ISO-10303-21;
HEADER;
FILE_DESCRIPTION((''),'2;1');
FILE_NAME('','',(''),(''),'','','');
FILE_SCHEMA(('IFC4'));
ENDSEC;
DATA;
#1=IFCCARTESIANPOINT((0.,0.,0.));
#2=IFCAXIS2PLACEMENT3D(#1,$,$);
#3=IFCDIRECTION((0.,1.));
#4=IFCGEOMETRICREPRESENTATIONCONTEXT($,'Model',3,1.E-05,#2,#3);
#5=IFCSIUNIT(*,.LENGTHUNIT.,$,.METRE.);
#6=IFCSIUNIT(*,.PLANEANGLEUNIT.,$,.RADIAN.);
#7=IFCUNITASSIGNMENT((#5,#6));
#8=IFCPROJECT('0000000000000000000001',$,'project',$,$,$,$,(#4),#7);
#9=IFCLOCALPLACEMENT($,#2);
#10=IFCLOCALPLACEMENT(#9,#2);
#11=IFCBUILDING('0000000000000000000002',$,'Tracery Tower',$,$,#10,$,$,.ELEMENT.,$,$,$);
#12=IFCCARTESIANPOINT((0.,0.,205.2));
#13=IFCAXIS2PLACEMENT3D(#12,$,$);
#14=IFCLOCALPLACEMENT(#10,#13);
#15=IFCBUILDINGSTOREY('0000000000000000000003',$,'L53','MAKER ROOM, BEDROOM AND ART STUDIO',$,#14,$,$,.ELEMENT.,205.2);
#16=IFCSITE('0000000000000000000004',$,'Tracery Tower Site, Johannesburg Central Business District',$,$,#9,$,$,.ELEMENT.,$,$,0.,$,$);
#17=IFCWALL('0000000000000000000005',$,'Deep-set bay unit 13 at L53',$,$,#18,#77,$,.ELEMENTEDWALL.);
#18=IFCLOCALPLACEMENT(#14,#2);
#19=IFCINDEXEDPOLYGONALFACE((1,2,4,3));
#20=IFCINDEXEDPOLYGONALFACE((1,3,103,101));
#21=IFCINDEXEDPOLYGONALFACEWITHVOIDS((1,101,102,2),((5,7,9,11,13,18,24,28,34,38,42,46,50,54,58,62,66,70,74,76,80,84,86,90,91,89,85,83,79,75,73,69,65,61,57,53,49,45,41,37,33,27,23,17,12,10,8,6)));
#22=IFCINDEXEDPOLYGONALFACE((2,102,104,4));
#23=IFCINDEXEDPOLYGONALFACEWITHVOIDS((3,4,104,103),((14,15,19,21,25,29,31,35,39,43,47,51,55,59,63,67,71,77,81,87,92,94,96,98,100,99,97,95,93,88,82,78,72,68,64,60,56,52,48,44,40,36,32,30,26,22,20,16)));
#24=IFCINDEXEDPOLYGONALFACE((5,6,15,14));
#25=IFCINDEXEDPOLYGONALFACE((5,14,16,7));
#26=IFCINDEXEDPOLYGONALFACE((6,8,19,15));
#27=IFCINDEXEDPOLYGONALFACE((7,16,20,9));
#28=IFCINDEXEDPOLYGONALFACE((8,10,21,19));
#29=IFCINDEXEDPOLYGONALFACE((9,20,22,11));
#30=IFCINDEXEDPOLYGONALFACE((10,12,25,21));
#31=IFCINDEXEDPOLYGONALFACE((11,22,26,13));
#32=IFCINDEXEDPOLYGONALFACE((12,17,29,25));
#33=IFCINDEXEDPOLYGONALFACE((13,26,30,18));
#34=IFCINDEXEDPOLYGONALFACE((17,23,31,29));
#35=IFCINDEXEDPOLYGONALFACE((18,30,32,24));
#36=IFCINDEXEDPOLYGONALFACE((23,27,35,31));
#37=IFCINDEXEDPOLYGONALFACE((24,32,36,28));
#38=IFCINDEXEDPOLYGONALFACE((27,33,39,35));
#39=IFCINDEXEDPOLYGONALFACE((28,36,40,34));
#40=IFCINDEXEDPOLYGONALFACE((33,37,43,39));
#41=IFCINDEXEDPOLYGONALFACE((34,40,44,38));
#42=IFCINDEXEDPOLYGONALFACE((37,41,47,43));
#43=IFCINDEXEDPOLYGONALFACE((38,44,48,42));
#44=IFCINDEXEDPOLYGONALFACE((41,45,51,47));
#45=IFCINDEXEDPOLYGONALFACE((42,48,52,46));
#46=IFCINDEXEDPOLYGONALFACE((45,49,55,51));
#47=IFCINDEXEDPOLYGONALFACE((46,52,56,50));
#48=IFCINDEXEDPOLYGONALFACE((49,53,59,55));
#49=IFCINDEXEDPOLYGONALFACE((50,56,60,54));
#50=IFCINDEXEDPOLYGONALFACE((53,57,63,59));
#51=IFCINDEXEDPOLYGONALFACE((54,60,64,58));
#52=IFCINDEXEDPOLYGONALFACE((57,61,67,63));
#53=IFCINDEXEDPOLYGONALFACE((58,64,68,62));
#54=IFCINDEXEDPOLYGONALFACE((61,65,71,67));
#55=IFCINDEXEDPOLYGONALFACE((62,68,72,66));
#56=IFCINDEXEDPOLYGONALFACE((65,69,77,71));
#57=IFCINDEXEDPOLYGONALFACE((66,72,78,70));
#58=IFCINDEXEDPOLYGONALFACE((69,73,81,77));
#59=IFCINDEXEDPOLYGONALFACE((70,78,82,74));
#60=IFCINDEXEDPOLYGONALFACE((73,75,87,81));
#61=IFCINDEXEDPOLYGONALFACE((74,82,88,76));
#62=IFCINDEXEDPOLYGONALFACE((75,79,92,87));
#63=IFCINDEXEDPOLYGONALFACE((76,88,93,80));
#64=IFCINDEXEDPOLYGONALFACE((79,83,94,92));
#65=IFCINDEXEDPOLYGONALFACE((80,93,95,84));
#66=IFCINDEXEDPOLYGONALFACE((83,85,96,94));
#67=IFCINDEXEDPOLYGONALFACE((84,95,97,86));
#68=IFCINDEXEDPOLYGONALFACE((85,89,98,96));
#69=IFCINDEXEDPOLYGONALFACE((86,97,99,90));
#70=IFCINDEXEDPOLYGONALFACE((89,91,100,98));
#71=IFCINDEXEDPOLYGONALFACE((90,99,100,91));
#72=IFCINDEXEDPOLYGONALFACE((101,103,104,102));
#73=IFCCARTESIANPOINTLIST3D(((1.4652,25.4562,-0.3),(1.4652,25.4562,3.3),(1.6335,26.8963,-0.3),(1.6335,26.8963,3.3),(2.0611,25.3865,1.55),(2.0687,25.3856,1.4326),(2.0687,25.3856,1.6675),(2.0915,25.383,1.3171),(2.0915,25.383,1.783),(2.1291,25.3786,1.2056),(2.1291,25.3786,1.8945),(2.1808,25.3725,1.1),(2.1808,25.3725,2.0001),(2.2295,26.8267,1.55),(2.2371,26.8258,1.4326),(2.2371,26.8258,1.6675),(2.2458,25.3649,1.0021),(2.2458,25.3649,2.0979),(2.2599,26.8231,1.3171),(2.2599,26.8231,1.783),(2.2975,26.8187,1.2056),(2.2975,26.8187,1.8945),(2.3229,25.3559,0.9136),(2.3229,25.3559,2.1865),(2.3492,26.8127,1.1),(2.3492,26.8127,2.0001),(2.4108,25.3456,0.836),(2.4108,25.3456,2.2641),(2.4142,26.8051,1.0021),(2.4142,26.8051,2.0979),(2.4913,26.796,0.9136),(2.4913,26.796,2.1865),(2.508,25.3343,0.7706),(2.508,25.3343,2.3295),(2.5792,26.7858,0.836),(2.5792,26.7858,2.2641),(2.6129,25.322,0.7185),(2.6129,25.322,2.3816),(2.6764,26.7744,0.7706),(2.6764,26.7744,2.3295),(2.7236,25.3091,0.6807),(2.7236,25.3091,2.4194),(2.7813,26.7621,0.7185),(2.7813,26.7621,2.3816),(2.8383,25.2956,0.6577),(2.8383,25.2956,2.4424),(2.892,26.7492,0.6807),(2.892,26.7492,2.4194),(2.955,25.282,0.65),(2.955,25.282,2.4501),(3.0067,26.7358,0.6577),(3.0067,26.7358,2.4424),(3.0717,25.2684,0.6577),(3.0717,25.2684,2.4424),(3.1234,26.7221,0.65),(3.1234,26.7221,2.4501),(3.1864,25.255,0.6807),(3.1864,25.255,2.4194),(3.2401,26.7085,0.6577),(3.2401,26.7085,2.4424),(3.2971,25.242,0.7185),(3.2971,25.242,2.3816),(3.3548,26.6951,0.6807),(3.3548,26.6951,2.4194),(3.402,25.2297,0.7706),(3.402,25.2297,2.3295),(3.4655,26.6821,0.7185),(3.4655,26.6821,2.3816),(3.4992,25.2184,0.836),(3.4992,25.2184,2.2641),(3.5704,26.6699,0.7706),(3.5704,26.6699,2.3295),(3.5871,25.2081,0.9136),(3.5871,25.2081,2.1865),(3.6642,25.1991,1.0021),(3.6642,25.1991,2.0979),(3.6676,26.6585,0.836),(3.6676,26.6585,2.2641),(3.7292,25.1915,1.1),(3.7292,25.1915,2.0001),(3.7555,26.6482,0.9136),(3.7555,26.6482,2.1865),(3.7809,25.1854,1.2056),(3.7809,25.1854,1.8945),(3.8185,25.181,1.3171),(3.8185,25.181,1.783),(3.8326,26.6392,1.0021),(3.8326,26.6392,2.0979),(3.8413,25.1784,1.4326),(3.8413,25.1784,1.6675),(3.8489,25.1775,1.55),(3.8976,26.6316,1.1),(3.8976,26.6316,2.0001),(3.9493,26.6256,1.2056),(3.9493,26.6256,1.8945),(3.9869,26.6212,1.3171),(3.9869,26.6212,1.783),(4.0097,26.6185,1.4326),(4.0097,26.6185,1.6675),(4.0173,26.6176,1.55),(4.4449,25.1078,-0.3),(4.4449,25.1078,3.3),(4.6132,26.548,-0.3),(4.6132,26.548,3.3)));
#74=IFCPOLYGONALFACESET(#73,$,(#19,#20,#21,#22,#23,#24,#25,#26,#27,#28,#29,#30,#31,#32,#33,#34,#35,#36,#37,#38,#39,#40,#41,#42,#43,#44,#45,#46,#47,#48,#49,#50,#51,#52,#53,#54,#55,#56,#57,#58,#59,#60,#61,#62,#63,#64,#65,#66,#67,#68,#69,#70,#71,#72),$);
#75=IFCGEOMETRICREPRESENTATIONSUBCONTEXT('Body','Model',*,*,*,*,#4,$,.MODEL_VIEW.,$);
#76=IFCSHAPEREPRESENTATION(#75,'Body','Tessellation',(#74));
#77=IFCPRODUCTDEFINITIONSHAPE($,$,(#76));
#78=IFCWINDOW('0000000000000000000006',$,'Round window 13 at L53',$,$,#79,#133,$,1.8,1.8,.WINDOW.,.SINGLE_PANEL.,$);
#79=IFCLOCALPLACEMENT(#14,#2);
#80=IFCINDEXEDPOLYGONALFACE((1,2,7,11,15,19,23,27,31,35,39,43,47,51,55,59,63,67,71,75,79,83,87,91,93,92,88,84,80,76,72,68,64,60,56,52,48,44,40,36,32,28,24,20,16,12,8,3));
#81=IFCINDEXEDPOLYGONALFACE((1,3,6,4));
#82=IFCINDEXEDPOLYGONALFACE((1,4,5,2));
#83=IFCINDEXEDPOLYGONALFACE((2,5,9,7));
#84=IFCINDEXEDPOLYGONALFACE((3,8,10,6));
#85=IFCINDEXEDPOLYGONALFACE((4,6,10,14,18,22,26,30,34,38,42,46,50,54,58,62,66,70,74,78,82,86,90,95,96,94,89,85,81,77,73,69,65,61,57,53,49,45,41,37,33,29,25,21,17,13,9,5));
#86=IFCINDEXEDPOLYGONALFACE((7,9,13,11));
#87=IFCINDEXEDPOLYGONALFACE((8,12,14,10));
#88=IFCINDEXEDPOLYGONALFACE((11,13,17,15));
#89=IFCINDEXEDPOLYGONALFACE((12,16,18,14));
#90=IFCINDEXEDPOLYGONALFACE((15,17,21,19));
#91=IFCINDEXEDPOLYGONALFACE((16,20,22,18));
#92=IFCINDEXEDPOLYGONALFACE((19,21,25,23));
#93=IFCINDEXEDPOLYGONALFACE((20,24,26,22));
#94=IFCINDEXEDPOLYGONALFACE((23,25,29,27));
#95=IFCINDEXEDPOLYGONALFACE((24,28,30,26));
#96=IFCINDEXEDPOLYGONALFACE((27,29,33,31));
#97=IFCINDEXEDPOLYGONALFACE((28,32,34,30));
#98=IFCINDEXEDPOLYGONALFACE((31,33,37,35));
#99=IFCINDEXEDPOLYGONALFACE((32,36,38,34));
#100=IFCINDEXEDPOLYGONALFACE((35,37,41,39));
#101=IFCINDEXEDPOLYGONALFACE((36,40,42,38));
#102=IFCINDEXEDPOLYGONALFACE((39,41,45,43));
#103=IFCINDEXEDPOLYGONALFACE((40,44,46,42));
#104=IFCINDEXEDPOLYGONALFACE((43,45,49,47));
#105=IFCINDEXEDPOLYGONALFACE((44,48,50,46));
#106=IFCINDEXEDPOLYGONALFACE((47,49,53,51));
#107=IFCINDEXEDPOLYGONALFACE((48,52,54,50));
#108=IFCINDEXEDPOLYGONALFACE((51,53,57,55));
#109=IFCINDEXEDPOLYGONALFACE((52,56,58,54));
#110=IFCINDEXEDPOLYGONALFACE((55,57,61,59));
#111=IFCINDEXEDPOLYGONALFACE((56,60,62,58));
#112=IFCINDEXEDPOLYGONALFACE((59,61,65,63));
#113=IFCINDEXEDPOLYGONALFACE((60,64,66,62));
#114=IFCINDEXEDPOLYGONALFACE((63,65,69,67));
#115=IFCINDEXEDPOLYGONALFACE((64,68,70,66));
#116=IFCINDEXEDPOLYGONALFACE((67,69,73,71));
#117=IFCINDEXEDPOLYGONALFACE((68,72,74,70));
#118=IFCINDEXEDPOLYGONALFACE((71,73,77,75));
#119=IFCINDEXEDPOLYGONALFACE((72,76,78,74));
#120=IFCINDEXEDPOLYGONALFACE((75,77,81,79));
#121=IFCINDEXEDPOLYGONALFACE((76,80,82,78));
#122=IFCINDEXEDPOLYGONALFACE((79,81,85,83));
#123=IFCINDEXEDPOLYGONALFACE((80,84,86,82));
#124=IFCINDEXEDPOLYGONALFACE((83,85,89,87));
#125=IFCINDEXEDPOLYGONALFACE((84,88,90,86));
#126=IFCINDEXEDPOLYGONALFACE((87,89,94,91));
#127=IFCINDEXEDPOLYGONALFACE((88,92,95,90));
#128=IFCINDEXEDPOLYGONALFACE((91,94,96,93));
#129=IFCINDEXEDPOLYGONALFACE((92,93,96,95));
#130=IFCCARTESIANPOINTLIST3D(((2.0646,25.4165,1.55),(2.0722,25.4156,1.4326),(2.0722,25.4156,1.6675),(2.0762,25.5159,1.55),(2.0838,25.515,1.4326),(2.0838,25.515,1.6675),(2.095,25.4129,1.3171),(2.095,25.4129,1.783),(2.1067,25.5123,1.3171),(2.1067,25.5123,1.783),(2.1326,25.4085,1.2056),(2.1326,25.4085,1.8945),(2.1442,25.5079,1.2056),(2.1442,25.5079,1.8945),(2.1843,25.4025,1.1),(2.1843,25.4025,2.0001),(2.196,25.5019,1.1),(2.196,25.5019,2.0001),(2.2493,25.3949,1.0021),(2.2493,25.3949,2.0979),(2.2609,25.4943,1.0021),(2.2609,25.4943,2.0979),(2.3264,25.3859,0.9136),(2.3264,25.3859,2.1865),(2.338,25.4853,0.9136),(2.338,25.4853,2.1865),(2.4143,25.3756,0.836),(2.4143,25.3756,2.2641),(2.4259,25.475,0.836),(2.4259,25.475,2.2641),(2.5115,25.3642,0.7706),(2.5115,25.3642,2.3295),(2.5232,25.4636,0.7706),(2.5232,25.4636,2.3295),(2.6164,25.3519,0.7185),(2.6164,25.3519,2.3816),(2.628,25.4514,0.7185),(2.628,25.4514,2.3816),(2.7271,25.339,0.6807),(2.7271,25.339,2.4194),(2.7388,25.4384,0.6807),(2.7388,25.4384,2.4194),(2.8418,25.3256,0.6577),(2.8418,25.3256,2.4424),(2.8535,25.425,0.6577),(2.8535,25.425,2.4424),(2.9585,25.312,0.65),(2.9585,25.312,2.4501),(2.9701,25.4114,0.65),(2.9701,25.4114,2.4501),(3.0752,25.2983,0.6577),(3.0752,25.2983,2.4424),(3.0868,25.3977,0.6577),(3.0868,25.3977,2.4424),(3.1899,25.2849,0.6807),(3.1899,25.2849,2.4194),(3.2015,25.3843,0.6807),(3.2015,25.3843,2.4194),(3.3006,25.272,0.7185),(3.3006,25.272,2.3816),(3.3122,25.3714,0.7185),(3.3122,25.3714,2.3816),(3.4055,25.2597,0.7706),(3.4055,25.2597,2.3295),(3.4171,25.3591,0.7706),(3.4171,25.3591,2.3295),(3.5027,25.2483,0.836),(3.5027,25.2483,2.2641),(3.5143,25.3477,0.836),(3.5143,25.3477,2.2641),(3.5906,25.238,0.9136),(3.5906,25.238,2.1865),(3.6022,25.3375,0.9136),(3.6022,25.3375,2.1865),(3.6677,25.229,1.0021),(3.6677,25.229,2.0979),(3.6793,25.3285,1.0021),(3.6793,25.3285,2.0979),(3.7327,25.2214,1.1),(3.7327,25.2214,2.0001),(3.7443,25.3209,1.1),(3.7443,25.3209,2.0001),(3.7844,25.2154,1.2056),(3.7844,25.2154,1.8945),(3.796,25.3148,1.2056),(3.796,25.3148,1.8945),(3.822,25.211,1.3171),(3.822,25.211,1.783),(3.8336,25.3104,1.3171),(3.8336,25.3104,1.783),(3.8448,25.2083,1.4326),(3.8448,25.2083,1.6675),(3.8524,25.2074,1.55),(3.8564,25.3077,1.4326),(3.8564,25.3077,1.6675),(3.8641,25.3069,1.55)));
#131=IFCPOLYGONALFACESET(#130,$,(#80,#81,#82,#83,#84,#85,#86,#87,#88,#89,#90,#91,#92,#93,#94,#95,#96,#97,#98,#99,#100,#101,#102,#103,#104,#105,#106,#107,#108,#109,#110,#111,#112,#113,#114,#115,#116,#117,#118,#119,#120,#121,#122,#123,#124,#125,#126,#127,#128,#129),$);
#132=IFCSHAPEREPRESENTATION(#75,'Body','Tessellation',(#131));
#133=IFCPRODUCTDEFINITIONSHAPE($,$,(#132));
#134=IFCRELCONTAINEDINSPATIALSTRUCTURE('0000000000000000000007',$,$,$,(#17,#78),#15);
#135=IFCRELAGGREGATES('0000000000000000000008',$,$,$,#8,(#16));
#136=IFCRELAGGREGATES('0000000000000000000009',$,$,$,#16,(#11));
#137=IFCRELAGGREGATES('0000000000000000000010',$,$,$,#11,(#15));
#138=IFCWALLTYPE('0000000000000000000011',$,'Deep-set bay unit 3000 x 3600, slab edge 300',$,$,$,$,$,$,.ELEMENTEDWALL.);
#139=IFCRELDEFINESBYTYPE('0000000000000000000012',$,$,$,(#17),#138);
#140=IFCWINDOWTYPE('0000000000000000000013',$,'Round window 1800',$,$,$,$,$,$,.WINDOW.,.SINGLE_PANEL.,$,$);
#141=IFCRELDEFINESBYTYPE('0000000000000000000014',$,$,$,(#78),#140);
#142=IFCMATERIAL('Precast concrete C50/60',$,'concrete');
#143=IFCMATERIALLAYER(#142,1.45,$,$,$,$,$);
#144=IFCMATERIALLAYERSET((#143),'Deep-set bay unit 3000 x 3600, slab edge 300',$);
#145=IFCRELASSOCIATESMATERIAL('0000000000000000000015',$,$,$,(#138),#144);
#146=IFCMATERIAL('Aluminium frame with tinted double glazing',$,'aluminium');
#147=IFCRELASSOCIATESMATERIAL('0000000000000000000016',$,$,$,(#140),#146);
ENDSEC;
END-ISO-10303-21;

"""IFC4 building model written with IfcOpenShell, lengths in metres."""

from ifc_helpers import new_model, si_unit, direction, frame, frame_2d, origin, origin_2d, place, context, subcontext, project, spatial, rectangle, circle, extrude, material, layer, layer_set, type_object, element, fill, save


model = new_model("IFC4")

# Units and contexts
model_context = context("Model", 3, precision=1e-05, world=origin(), true_north=direction((0.0, 1.0)))
body_context = subcontext(model_context, "Body", "Model", "MODEL_VIEW")
ifc_project = project(units=[si_unit("LENGTHUNIT", "METRE"), si_unit("PLANEANGLEUNIT", "RADIAN")], contexts=[model_context])

# Site, building, storey
site_placement = place(None, origin())
site = spatial("IfcSite", under=ifc_project, at=site_placement, Name="Tracery Tower Site, Johannesburg Central Business District", CompositionType="ELEMENT", RefElevation=0.0)
building_placement = place(site_placement, origin())
building = spatial("IfcBuilding", under=site, at=building_placement, Name="Tracery Tower", CompositionType="ELEMENT")
storey_placement = place(building_placement, frame((0.0, 0.0, 205.2)))
storey = spatial("IfcBuildingStorey", under=building, at=storey_placement, Name="L53", Description="MAKER ROOM, BEDROOM AND ART STUDIO", CompositionType="ELEMENT", Elevation=205.2)

# Wall, opening, window
ifc_material_1 = material(Name="Precast concrete C50/60", Category="concrete")
ifc_layer_1 = layer(ifc_material_1, 1.45)
ifc_layer_set_1 = layer_set([ifc_layer_1], Name="Deep-set bay unit 3000 x 3600, slab edge 300")
wall_type_1 = type_object("IfcWallType", Name="Deep-set bay unit 3000 x 3600, slab edge 300", PredefinedType="ELEMENTEDWALL", material=ifc_layer_set_1)
wall_1_placement = place(storey_placement, frame((4.5291, 25.8279, -0.3), z_axis=(0.0, 0.0, 1.0), x_axis=(-0.993234, 0.116128, 0.0)))
wall_1 = element("IfcWall", 1, at=wall_1_placement, inside=storey, type_object=wall_type_1, Name="Deep-set bay unit 13 at L53", PredefinedType="ELEMENTEDWALL", context=body_context, shape_type="SweptSolid", body=[
    extrude(rectangle(XDim=3.0, YDim=1.45, at=frame_2d((1.5, 0.0))), origin(), (0.0, 0.0, 1.0), 3.6001),
])
opening_1_placement = place(wall_1_placement, frame((1.5, 0.0, 1.8501)))
opening_1 = element("IfcOpeningElement", 2, at=opening_1_placement, cuts=wall_1, PredefinedType="OPENING", context=body_context, shape_type="SweptSolid", body=[
    extrude(circle(Radius=0.9, at=origin_2d()), frame((0.0, 0.7349, 0.0), z_axis=(0.0, -1.0, 0.0), x_axis=(1.0, 0.0, 0.0)), (0.0, 0.0, 1.0), 1.47),
])
ifc_material_2 = material(Name="Aluminium frame with tinted double glazing", Category="aluminium")
window_type = type_object("IfcWindowType", Name="Round window 1800", PartitioningType="SINGLE_PANEL", PredefinedType="WINDOW", material=ifc_material_2)
window_1_placement = place(opening_1_placement, origin())
window_1 = element("IfcWindow", 3, at=window_1_placement, inside=storey, type_object=window_type, Name="Round window 13 at L53", OverallHeight=1.8, OverallWidth=1.8, PartitioningType="SINGLE_PANEL", PredefinedType="WINDOW", context=body_context, shape_type="SweptSolid", body=[
    extrude(circle(Radius=0.9, at=origin_2d()), frame((0.0, 0.6948, 0.0), z_axis=(0.0, -1.0, 0.0), x_axis=(1.0, 0.0, 0.0)), (0.0, 0.0, 1.0), 0.1001),
])
fill(opening_1, window_1)

save(model, "model.ifc")
